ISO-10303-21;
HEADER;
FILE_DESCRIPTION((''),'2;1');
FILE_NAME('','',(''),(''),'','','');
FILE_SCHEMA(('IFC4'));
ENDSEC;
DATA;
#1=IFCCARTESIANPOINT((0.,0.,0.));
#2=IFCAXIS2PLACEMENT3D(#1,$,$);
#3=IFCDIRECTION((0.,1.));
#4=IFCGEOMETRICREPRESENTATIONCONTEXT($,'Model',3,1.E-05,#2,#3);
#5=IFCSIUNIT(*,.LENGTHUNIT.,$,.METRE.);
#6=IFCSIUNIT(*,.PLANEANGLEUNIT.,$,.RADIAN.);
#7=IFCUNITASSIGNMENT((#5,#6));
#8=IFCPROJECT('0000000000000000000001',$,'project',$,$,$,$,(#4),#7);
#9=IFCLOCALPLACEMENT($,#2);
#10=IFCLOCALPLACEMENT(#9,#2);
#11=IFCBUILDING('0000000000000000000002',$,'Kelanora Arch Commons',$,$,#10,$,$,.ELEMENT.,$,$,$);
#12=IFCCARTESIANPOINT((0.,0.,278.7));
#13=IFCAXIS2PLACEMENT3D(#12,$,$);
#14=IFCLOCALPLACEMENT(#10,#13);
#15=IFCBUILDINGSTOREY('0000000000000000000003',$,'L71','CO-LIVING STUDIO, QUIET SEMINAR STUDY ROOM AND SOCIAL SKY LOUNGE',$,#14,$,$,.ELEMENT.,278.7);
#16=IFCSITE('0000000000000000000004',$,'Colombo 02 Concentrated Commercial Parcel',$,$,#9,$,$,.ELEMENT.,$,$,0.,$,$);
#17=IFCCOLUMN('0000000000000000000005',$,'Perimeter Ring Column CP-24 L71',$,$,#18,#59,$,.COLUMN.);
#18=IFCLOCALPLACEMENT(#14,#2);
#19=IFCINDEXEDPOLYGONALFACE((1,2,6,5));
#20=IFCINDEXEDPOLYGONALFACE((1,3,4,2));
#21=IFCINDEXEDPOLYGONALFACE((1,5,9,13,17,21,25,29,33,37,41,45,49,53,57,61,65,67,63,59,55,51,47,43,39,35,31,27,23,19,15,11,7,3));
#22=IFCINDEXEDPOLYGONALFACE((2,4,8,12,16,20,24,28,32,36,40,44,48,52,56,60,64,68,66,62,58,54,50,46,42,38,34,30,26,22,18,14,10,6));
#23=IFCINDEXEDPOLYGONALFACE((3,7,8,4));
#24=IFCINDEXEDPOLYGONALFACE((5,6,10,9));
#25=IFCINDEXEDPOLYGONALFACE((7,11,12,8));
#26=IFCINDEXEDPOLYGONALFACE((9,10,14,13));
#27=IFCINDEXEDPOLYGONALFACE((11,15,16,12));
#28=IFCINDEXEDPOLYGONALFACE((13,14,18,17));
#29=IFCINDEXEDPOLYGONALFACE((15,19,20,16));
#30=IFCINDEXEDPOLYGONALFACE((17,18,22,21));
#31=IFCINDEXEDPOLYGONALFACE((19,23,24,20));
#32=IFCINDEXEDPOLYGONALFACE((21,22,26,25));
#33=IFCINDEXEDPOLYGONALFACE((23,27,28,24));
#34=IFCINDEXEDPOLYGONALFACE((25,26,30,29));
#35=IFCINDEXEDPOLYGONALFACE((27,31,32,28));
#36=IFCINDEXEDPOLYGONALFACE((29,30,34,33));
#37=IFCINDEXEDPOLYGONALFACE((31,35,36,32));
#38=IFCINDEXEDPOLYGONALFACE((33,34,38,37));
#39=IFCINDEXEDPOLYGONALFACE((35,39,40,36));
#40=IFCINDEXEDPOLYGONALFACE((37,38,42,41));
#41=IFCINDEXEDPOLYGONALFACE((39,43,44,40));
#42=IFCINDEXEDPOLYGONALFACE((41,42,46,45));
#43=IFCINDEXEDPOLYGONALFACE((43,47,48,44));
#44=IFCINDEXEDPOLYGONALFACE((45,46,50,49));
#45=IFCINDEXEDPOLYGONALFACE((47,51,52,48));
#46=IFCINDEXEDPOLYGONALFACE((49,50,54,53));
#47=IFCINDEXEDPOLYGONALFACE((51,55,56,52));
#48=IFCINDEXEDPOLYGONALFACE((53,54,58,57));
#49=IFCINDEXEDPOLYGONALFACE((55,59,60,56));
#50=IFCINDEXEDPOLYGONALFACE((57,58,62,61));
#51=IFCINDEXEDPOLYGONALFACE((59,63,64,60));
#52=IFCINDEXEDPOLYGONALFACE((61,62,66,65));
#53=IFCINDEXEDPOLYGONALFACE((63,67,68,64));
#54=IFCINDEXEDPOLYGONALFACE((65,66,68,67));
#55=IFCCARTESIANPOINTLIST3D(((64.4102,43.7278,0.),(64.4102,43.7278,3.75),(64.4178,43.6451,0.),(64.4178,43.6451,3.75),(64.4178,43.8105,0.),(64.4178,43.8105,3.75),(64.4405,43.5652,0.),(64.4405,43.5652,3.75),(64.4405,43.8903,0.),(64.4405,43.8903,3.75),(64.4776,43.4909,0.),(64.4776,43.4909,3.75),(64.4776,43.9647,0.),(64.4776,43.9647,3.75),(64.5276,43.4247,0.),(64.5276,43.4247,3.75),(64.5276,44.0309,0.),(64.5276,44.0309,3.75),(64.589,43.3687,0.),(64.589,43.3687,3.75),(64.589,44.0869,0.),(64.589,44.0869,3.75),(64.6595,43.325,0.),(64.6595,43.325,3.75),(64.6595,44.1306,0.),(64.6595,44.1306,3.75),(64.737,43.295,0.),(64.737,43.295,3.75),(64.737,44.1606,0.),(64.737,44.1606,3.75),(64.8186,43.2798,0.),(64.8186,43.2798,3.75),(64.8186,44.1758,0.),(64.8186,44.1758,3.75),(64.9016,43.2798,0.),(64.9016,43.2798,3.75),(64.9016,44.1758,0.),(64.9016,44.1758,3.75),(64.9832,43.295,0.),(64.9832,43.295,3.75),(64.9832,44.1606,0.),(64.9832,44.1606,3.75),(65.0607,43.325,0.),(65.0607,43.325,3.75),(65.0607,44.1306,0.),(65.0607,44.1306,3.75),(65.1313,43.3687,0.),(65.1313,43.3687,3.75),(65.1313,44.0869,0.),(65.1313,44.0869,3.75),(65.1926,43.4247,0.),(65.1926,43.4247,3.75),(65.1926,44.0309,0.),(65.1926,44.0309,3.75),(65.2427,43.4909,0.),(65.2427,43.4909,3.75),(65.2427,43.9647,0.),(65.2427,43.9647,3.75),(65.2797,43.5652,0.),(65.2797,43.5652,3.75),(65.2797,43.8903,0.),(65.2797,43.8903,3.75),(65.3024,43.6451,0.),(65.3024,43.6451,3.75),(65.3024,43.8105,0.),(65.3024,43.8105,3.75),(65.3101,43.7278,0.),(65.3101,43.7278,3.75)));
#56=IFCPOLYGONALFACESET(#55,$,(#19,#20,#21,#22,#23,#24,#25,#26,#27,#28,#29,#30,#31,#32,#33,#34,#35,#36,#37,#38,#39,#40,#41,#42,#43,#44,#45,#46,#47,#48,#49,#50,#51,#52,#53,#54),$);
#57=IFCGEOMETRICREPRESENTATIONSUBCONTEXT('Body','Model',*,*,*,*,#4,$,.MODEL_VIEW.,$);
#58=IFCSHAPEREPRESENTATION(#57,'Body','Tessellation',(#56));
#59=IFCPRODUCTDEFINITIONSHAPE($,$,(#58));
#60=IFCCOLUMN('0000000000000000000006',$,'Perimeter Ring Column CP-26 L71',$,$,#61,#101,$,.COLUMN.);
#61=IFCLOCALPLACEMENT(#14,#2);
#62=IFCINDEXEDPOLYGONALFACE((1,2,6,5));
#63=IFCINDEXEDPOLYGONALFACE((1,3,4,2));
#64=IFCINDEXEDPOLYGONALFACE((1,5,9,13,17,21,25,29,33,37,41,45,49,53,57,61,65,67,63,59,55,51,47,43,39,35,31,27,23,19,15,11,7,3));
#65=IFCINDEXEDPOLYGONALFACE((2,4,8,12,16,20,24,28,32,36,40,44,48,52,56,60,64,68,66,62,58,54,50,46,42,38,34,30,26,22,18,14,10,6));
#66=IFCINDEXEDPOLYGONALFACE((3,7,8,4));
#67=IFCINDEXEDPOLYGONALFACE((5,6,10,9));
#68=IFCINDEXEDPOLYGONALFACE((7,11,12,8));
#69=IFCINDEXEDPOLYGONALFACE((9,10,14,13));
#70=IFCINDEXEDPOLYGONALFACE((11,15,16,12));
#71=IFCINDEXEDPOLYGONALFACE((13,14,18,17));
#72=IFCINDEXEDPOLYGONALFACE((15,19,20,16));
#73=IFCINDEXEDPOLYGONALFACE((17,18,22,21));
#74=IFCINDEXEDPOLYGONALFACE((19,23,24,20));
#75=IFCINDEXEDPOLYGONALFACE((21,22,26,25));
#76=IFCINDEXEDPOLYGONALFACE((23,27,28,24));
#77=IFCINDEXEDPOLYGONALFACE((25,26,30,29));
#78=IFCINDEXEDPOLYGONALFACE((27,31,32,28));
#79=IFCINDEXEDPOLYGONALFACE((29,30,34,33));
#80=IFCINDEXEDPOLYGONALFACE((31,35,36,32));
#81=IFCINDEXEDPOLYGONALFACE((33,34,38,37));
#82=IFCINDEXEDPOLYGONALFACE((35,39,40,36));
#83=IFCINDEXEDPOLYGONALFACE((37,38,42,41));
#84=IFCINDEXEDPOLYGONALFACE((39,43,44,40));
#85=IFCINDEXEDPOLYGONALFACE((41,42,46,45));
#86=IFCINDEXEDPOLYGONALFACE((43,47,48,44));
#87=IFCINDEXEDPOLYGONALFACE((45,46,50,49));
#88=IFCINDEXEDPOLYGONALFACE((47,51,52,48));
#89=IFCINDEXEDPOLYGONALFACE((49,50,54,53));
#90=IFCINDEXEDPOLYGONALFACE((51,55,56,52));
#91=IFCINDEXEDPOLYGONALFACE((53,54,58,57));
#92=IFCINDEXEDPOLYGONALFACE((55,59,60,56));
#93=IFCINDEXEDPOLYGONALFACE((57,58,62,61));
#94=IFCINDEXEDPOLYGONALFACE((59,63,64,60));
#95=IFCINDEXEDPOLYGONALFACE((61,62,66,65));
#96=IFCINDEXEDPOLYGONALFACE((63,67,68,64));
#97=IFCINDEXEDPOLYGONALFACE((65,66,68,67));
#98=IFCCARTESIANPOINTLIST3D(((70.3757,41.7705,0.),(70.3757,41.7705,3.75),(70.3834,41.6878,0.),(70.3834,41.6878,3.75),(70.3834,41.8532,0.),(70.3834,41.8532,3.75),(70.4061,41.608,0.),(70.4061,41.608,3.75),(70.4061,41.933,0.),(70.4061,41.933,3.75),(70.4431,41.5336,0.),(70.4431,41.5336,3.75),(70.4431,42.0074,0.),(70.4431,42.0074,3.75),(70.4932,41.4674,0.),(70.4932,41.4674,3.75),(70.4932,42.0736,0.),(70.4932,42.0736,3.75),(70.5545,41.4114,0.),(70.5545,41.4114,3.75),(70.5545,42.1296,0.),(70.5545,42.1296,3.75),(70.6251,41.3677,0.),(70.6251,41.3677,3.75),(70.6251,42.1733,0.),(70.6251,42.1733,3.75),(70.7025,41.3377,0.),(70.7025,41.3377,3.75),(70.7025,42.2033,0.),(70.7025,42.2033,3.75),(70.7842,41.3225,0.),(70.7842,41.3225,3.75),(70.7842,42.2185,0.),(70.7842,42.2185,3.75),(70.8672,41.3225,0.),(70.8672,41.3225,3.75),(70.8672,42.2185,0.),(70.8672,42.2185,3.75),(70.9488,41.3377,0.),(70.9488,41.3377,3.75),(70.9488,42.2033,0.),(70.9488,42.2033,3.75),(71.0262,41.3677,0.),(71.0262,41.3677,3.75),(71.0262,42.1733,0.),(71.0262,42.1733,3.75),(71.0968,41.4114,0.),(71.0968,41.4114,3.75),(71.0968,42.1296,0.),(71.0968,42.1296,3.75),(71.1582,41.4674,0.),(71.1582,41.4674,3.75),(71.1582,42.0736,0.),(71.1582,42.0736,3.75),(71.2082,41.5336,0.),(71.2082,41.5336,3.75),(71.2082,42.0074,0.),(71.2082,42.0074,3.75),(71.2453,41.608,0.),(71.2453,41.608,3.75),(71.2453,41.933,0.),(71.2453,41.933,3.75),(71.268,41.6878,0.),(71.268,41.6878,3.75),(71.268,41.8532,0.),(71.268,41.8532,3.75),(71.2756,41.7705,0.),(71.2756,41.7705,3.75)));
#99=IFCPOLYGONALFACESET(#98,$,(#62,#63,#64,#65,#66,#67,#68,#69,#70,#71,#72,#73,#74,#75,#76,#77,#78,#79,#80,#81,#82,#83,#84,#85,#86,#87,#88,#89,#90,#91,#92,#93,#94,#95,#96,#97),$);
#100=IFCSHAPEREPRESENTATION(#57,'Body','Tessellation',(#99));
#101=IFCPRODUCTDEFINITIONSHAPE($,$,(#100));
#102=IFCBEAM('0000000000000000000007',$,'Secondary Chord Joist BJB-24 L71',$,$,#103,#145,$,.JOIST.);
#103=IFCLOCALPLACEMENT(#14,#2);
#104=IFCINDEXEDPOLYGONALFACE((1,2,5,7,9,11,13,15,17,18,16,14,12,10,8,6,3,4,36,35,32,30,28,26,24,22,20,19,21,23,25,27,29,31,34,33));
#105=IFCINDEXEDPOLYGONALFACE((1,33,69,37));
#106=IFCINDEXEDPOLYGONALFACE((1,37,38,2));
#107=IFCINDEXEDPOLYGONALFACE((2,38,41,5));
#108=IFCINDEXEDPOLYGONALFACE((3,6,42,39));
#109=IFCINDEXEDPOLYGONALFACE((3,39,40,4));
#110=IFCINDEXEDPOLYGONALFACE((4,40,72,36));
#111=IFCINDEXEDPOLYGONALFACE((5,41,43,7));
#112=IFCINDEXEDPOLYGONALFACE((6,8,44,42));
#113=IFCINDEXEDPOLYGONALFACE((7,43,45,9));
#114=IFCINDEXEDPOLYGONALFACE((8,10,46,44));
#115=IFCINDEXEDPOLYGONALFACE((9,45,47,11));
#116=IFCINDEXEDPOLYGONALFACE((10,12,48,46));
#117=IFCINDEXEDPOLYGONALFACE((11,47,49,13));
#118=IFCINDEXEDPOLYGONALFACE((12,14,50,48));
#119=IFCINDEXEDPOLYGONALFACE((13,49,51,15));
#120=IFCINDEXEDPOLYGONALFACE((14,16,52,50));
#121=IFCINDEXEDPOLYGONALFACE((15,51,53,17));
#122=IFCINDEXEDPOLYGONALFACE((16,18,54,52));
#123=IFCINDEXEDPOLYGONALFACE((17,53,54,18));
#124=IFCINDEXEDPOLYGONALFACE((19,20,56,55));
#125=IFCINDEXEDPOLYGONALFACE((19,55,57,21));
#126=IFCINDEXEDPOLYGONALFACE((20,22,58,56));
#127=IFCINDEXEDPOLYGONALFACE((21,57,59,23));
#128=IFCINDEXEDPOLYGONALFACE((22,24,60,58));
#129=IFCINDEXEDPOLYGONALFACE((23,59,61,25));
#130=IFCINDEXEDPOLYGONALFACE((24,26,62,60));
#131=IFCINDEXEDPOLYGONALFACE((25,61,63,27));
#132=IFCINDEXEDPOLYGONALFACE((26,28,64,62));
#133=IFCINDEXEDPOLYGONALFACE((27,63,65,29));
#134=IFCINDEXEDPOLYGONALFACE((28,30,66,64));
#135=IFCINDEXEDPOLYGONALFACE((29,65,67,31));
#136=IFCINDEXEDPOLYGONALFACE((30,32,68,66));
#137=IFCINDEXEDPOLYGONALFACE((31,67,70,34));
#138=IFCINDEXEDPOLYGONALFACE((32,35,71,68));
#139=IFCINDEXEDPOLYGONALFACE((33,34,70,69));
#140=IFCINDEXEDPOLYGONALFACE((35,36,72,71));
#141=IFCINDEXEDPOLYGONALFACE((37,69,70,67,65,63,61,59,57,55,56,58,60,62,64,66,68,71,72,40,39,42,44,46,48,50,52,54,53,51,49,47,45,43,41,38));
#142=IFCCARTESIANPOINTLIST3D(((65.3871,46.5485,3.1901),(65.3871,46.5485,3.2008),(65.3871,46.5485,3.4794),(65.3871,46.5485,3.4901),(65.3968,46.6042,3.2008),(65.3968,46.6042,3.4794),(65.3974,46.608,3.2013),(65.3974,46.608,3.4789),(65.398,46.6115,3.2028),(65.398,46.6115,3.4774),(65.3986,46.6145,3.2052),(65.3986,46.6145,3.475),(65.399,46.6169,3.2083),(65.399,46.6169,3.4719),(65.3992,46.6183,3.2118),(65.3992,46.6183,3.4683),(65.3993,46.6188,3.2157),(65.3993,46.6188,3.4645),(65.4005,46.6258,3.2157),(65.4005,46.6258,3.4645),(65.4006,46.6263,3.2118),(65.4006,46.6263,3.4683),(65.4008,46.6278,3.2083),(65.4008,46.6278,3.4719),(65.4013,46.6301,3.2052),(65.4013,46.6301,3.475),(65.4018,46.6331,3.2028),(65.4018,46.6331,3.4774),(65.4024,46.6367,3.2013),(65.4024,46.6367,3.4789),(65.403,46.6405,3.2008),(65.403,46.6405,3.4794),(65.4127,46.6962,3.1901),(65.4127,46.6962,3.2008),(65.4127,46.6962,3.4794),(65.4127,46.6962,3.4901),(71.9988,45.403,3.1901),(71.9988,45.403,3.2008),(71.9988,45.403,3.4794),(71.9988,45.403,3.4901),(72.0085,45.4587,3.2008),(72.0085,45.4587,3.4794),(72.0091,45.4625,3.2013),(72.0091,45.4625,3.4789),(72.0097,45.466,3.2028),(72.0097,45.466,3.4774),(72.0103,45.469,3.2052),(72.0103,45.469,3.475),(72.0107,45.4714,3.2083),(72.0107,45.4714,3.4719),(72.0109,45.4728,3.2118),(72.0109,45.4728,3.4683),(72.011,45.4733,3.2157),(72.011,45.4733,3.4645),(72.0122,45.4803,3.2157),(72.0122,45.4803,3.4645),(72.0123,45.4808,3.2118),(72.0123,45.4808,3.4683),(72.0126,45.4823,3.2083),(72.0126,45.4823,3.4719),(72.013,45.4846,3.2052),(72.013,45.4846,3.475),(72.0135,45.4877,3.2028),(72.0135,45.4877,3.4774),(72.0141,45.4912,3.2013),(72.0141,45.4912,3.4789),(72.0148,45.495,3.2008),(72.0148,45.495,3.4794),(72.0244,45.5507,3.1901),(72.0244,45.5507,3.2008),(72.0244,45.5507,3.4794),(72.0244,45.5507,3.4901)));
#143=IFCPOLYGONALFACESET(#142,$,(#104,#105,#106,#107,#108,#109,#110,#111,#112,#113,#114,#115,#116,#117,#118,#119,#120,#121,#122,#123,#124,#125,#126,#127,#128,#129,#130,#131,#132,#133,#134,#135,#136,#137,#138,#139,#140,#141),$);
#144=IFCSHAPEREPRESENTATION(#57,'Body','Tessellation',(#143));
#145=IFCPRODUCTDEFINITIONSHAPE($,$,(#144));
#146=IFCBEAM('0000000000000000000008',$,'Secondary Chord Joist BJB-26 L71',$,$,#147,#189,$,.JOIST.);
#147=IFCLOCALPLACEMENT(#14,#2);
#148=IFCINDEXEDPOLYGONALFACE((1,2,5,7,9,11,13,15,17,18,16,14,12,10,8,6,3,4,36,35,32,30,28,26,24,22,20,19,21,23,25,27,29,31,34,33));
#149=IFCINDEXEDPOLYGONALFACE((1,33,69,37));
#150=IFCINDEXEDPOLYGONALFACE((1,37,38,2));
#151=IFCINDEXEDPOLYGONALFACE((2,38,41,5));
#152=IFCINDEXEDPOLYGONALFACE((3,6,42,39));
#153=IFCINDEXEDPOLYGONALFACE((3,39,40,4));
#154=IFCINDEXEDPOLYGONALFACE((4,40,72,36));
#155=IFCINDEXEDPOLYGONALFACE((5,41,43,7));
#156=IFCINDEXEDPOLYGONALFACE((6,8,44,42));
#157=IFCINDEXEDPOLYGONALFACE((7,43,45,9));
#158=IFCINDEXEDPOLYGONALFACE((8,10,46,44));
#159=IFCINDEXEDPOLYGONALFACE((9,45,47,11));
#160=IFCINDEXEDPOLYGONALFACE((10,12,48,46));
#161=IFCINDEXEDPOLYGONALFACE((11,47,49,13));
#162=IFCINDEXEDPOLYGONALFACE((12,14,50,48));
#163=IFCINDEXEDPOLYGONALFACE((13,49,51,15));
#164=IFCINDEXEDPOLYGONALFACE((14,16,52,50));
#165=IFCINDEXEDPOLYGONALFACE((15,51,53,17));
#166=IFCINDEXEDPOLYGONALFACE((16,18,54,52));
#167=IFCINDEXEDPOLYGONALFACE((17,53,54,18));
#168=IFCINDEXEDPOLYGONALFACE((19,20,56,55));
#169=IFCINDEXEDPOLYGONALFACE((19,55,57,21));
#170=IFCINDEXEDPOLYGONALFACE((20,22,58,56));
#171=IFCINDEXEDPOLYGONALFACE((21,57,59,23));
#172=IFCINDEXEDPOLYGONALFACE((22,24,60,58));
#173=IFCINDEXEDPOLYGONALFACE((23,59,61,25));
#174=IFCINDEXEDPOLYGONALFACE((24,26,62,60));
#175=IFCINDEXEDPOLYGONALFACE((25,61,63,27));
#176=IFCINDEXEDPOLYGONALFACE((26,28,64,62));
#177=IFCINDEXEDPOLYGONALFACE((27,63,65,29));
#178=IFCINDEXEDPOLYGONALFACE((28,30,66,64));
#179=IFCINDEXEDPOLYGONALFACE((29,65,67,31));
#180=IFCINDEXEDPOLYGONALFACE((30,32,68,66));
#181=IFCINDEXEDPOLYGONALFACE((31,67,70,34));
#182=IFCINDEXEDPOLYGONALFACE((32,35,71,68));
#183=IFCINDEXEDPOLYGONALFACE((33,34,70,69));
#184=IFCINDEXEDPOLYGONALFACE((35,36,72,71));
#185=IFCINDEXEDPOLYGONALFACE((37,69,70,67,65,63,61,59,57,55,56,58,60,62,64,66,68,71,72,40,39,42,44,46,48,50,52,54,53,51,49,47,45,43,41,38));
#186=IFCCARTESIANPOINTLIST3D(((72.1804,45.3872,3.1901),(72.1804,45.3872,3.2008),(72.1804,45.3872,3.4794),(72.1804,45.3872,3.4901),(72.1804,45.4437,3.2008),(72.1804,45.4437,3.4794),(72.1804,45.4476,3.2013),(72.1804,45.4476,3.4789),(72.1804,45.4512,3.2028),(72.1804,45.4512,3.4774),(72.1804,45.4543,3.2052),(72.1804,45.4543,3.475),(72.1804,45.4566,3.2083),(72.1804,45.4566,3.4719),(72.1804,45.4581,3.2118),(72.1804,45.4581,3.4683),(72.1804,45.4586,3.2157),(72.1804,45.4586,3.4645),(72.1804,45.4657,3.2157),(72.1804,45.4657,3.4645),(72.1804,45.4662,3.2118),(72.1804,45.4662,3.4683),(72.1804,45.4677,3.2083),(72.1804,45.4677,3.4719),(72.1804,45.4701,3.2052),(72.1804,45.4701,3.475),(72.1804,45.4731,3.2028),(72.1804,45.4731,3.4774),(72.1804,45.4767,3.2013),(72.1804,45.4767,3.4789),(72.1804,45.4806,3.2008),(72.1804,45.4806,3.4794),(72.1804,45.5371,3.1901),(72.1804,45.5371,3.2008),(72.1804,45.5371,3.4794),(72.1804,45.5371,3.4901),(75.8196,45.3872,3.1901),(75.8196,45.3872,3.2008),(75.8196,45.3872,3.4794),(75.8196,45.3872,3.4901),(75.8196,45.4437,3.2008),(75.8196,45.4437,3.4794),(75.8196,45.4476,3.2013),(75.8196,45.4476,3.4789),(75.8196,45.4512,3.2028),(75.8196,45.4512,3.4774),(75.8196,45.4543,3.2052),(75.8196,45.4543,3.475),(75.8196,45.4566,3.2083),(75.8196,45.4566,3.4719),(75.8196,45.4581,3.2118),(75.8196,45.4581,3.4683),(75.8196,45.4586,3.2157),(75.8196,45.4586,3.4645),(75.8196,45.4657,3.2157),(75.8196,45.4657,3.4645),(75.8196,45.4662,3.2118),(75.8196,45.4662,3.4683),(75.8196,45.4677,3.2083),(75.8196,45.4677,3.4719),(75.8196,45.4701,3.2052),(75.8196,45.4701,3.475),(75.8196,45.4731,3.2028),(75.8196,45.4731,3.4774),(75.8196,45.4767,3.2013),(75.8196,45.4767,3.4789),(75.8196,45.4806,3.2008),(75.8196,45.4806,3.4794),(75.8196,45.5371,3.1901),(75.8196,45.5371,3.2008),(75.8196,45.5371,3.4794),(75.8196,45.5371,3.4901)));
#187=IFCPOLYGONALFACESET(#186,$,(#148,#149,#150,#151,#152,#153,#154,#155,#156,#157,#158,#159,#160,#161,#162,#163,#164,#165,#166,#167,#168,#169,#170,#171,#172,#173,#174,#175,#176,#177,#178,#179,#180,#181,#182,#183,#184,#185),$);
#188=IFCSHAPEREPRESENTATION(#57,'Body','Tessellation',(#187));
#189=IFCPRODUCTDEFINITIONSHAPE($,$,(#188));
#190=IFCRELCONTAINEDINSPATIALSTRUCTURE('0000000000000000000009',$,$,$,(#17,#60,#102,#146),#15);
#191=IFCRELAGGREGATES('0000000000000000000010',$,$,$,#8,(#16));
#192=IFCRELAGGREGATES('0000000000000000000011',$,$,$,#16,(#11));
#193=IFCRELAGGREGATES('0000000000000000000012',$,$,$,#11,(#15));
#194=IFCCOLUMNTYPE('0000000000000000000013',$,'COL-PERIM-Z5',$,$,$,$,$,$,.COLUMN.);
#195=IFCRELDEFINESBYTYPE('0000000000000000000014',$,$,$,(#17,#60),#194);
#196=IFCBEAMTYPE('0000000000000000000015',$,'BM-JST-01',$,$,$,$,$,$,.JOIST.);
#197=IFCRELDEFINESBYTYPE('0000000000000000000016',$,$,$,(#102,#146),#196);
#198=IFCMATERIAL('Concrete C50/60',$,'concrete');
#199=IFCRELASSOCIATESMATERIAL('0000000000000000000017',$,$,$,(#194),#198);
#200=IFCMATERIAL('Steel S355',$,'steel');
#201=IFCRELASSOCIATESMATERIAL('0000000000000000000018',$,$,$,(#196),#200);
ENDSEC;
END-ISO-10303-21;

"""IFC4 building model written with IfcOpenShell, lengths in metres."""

from ifc_helpers import new_model, si_unit, direction, frame, origin, origin_2d, place, context, subcontext, project, spatial, circle, i_section, extrude, material, material_profile, profile_set, type_object, element, save


model = new_model("IFC4")

# Units and contexts
model_context = context("Model", 3, precision=1e-05, world=origin(), true_north=direction((0.0, 1.0)))
body_context = subcontext(model_context, "Body", "Model", "MODEL_VIEW")
ifc_project = project(units=[si_unit("LENGTHUNIT", "METRE"), si_unit("PLANEANGLEUNIT", "RADIAN")], contexts=[model_context])

# Site, building, storey
site_placement = place(None, origin())
site = spatial("IfcSite", under=ifc_project, at=site_placement, Name="Colombo 02 Concentrated Commercial Parcel", CompositionType="ELEMENT", RefElevation=0.0)
building_placement = place(site_placement, origin())
building = spatial("IfcBuilding", under=site, at=building_placement, Name="Kelanora Arch Commons", CompositionType="ELEMENT")
storey_placement = place(building_placement, frame((0.0, 0.0, 278.7)))
storey = spatial("IfcBuildingStorey", under=building, at=storey_placement, Name="L71", Description="CO-LIVING STUDIO, QUIET SEMINAR STUDY ROOM AND SOCIAL SKY LOUNGE", CompositionType="ELEMENT", Elevation=278.7)

# Columns
ifc_material_1 = material(Name="Concrete C50/60", Category="concrete")
ifc_material_profile_1 = material_profile(ifc_material_1, circle(Radius=0.45, at=origin_2d()), Name="RCC900")
ifc_profile_set_1 = profile_set([ifc_material_profile_1], Name="Concrete C50/60")
column_type = type_object("IfcColumnType", Name="COL-PERIM-Z5", PredefinedType="COLUMN", material=ifc_profile_set_1)
for number, where, z_axis, x_axis, name in (
    (1, (64.8601, 43.7278, 0.0), (0.0, 0.0, 1.0), (1.0, 0.0, 0.0), "Perimeter Ring Column CP-24 L71"),
    (2, (70.8257, 41.7705, 0.0), (0.0, 0.0, 1.0), (1.0, 0.0, 0.0), "Perimeter Ring Column CP-26 L71"),
):
    element("IfcColumn", number, at=place(storey_placement, frame(where, z_axis=z_axis, x_axis=x_axis)), inside=storey, type_object=column_type, Name=name, PredefinedType="COLUMN", context=body_context, shape_type="SweptSolid", body=[
        extrude(circle(Radius=0.45, at=origin_2d()), origin(), (0.0, 0.0, 1.0), 3.75),
    ])

# Beams
ifc_material_2 = material(Name="Steel S355", Category="steel")
ifc_material_profile_2 = material_profile(ifc_material_2, i_section(OverallWidth=0.1499, OverallDepth=0.3, WebThickness=0.0071, FlangeThickness=0.0107, FilletRadius=0.0149, at=origin_2d()), Name="IPE300")
ifc_profile_set_2 = profile_set([ifc_material_profile_2], Name="Steel S355")
beam_type_1 = type_object("IfcBeamType", Name="BM-JST-01", PredefinedType="JOIST", material=ifc_profile_set_2)
beam_1_placement = place(storey_placement, frame((65.3999, 46.6223, 3.3401), z_axis=(0.985322, -0.170709, 0.0), x_axis=(0.170709, 0.985322, 0.0)))
element("IfcBeam", 3, at=beam_1_placement, inside=storey, type_object=beam_type_1, Name="Secondary Chord Joist BJB-24 L71", PredefinedType="JOIST", context=body_context, shape_type="SweptSolid", body=[
    extrude(i_section(OverallWidth=0.1499, OverallDepth=0.3, WebThickness=0.0071, FlangeThickness=0.0107, FilletRadius=0.0149, at=origin_2d()), origin(), (0.0, 0.0, 1.0), 6.7102),
])
beam_2_placement = place(storey_placement, frame((72.1804, 45.4622, 3.3401), z_axis=(1.0, 0.0, 0.0), x_axis=(0.0, 1.0, 0.0)))
element("IfcBeam", 4, at=beam_2_placement, inside=storey, type_object=beam_type_1, Name="Secondary Chord Joist BJB-26 L71", PredefinedType="JOIST", context=body_context, shape_type="SweptSolid", body=[
    extrude(i_section(OverallWidth=0.1499, OverallDepth=0.3, WebThickness=0.0071, FlangeThickness=0.0107, FilletRadius=0.0149, at=origin_2d()), origin(), (0.0, 0.0, 1.0), 3.6392),
])

save(model, "model.ifc")
